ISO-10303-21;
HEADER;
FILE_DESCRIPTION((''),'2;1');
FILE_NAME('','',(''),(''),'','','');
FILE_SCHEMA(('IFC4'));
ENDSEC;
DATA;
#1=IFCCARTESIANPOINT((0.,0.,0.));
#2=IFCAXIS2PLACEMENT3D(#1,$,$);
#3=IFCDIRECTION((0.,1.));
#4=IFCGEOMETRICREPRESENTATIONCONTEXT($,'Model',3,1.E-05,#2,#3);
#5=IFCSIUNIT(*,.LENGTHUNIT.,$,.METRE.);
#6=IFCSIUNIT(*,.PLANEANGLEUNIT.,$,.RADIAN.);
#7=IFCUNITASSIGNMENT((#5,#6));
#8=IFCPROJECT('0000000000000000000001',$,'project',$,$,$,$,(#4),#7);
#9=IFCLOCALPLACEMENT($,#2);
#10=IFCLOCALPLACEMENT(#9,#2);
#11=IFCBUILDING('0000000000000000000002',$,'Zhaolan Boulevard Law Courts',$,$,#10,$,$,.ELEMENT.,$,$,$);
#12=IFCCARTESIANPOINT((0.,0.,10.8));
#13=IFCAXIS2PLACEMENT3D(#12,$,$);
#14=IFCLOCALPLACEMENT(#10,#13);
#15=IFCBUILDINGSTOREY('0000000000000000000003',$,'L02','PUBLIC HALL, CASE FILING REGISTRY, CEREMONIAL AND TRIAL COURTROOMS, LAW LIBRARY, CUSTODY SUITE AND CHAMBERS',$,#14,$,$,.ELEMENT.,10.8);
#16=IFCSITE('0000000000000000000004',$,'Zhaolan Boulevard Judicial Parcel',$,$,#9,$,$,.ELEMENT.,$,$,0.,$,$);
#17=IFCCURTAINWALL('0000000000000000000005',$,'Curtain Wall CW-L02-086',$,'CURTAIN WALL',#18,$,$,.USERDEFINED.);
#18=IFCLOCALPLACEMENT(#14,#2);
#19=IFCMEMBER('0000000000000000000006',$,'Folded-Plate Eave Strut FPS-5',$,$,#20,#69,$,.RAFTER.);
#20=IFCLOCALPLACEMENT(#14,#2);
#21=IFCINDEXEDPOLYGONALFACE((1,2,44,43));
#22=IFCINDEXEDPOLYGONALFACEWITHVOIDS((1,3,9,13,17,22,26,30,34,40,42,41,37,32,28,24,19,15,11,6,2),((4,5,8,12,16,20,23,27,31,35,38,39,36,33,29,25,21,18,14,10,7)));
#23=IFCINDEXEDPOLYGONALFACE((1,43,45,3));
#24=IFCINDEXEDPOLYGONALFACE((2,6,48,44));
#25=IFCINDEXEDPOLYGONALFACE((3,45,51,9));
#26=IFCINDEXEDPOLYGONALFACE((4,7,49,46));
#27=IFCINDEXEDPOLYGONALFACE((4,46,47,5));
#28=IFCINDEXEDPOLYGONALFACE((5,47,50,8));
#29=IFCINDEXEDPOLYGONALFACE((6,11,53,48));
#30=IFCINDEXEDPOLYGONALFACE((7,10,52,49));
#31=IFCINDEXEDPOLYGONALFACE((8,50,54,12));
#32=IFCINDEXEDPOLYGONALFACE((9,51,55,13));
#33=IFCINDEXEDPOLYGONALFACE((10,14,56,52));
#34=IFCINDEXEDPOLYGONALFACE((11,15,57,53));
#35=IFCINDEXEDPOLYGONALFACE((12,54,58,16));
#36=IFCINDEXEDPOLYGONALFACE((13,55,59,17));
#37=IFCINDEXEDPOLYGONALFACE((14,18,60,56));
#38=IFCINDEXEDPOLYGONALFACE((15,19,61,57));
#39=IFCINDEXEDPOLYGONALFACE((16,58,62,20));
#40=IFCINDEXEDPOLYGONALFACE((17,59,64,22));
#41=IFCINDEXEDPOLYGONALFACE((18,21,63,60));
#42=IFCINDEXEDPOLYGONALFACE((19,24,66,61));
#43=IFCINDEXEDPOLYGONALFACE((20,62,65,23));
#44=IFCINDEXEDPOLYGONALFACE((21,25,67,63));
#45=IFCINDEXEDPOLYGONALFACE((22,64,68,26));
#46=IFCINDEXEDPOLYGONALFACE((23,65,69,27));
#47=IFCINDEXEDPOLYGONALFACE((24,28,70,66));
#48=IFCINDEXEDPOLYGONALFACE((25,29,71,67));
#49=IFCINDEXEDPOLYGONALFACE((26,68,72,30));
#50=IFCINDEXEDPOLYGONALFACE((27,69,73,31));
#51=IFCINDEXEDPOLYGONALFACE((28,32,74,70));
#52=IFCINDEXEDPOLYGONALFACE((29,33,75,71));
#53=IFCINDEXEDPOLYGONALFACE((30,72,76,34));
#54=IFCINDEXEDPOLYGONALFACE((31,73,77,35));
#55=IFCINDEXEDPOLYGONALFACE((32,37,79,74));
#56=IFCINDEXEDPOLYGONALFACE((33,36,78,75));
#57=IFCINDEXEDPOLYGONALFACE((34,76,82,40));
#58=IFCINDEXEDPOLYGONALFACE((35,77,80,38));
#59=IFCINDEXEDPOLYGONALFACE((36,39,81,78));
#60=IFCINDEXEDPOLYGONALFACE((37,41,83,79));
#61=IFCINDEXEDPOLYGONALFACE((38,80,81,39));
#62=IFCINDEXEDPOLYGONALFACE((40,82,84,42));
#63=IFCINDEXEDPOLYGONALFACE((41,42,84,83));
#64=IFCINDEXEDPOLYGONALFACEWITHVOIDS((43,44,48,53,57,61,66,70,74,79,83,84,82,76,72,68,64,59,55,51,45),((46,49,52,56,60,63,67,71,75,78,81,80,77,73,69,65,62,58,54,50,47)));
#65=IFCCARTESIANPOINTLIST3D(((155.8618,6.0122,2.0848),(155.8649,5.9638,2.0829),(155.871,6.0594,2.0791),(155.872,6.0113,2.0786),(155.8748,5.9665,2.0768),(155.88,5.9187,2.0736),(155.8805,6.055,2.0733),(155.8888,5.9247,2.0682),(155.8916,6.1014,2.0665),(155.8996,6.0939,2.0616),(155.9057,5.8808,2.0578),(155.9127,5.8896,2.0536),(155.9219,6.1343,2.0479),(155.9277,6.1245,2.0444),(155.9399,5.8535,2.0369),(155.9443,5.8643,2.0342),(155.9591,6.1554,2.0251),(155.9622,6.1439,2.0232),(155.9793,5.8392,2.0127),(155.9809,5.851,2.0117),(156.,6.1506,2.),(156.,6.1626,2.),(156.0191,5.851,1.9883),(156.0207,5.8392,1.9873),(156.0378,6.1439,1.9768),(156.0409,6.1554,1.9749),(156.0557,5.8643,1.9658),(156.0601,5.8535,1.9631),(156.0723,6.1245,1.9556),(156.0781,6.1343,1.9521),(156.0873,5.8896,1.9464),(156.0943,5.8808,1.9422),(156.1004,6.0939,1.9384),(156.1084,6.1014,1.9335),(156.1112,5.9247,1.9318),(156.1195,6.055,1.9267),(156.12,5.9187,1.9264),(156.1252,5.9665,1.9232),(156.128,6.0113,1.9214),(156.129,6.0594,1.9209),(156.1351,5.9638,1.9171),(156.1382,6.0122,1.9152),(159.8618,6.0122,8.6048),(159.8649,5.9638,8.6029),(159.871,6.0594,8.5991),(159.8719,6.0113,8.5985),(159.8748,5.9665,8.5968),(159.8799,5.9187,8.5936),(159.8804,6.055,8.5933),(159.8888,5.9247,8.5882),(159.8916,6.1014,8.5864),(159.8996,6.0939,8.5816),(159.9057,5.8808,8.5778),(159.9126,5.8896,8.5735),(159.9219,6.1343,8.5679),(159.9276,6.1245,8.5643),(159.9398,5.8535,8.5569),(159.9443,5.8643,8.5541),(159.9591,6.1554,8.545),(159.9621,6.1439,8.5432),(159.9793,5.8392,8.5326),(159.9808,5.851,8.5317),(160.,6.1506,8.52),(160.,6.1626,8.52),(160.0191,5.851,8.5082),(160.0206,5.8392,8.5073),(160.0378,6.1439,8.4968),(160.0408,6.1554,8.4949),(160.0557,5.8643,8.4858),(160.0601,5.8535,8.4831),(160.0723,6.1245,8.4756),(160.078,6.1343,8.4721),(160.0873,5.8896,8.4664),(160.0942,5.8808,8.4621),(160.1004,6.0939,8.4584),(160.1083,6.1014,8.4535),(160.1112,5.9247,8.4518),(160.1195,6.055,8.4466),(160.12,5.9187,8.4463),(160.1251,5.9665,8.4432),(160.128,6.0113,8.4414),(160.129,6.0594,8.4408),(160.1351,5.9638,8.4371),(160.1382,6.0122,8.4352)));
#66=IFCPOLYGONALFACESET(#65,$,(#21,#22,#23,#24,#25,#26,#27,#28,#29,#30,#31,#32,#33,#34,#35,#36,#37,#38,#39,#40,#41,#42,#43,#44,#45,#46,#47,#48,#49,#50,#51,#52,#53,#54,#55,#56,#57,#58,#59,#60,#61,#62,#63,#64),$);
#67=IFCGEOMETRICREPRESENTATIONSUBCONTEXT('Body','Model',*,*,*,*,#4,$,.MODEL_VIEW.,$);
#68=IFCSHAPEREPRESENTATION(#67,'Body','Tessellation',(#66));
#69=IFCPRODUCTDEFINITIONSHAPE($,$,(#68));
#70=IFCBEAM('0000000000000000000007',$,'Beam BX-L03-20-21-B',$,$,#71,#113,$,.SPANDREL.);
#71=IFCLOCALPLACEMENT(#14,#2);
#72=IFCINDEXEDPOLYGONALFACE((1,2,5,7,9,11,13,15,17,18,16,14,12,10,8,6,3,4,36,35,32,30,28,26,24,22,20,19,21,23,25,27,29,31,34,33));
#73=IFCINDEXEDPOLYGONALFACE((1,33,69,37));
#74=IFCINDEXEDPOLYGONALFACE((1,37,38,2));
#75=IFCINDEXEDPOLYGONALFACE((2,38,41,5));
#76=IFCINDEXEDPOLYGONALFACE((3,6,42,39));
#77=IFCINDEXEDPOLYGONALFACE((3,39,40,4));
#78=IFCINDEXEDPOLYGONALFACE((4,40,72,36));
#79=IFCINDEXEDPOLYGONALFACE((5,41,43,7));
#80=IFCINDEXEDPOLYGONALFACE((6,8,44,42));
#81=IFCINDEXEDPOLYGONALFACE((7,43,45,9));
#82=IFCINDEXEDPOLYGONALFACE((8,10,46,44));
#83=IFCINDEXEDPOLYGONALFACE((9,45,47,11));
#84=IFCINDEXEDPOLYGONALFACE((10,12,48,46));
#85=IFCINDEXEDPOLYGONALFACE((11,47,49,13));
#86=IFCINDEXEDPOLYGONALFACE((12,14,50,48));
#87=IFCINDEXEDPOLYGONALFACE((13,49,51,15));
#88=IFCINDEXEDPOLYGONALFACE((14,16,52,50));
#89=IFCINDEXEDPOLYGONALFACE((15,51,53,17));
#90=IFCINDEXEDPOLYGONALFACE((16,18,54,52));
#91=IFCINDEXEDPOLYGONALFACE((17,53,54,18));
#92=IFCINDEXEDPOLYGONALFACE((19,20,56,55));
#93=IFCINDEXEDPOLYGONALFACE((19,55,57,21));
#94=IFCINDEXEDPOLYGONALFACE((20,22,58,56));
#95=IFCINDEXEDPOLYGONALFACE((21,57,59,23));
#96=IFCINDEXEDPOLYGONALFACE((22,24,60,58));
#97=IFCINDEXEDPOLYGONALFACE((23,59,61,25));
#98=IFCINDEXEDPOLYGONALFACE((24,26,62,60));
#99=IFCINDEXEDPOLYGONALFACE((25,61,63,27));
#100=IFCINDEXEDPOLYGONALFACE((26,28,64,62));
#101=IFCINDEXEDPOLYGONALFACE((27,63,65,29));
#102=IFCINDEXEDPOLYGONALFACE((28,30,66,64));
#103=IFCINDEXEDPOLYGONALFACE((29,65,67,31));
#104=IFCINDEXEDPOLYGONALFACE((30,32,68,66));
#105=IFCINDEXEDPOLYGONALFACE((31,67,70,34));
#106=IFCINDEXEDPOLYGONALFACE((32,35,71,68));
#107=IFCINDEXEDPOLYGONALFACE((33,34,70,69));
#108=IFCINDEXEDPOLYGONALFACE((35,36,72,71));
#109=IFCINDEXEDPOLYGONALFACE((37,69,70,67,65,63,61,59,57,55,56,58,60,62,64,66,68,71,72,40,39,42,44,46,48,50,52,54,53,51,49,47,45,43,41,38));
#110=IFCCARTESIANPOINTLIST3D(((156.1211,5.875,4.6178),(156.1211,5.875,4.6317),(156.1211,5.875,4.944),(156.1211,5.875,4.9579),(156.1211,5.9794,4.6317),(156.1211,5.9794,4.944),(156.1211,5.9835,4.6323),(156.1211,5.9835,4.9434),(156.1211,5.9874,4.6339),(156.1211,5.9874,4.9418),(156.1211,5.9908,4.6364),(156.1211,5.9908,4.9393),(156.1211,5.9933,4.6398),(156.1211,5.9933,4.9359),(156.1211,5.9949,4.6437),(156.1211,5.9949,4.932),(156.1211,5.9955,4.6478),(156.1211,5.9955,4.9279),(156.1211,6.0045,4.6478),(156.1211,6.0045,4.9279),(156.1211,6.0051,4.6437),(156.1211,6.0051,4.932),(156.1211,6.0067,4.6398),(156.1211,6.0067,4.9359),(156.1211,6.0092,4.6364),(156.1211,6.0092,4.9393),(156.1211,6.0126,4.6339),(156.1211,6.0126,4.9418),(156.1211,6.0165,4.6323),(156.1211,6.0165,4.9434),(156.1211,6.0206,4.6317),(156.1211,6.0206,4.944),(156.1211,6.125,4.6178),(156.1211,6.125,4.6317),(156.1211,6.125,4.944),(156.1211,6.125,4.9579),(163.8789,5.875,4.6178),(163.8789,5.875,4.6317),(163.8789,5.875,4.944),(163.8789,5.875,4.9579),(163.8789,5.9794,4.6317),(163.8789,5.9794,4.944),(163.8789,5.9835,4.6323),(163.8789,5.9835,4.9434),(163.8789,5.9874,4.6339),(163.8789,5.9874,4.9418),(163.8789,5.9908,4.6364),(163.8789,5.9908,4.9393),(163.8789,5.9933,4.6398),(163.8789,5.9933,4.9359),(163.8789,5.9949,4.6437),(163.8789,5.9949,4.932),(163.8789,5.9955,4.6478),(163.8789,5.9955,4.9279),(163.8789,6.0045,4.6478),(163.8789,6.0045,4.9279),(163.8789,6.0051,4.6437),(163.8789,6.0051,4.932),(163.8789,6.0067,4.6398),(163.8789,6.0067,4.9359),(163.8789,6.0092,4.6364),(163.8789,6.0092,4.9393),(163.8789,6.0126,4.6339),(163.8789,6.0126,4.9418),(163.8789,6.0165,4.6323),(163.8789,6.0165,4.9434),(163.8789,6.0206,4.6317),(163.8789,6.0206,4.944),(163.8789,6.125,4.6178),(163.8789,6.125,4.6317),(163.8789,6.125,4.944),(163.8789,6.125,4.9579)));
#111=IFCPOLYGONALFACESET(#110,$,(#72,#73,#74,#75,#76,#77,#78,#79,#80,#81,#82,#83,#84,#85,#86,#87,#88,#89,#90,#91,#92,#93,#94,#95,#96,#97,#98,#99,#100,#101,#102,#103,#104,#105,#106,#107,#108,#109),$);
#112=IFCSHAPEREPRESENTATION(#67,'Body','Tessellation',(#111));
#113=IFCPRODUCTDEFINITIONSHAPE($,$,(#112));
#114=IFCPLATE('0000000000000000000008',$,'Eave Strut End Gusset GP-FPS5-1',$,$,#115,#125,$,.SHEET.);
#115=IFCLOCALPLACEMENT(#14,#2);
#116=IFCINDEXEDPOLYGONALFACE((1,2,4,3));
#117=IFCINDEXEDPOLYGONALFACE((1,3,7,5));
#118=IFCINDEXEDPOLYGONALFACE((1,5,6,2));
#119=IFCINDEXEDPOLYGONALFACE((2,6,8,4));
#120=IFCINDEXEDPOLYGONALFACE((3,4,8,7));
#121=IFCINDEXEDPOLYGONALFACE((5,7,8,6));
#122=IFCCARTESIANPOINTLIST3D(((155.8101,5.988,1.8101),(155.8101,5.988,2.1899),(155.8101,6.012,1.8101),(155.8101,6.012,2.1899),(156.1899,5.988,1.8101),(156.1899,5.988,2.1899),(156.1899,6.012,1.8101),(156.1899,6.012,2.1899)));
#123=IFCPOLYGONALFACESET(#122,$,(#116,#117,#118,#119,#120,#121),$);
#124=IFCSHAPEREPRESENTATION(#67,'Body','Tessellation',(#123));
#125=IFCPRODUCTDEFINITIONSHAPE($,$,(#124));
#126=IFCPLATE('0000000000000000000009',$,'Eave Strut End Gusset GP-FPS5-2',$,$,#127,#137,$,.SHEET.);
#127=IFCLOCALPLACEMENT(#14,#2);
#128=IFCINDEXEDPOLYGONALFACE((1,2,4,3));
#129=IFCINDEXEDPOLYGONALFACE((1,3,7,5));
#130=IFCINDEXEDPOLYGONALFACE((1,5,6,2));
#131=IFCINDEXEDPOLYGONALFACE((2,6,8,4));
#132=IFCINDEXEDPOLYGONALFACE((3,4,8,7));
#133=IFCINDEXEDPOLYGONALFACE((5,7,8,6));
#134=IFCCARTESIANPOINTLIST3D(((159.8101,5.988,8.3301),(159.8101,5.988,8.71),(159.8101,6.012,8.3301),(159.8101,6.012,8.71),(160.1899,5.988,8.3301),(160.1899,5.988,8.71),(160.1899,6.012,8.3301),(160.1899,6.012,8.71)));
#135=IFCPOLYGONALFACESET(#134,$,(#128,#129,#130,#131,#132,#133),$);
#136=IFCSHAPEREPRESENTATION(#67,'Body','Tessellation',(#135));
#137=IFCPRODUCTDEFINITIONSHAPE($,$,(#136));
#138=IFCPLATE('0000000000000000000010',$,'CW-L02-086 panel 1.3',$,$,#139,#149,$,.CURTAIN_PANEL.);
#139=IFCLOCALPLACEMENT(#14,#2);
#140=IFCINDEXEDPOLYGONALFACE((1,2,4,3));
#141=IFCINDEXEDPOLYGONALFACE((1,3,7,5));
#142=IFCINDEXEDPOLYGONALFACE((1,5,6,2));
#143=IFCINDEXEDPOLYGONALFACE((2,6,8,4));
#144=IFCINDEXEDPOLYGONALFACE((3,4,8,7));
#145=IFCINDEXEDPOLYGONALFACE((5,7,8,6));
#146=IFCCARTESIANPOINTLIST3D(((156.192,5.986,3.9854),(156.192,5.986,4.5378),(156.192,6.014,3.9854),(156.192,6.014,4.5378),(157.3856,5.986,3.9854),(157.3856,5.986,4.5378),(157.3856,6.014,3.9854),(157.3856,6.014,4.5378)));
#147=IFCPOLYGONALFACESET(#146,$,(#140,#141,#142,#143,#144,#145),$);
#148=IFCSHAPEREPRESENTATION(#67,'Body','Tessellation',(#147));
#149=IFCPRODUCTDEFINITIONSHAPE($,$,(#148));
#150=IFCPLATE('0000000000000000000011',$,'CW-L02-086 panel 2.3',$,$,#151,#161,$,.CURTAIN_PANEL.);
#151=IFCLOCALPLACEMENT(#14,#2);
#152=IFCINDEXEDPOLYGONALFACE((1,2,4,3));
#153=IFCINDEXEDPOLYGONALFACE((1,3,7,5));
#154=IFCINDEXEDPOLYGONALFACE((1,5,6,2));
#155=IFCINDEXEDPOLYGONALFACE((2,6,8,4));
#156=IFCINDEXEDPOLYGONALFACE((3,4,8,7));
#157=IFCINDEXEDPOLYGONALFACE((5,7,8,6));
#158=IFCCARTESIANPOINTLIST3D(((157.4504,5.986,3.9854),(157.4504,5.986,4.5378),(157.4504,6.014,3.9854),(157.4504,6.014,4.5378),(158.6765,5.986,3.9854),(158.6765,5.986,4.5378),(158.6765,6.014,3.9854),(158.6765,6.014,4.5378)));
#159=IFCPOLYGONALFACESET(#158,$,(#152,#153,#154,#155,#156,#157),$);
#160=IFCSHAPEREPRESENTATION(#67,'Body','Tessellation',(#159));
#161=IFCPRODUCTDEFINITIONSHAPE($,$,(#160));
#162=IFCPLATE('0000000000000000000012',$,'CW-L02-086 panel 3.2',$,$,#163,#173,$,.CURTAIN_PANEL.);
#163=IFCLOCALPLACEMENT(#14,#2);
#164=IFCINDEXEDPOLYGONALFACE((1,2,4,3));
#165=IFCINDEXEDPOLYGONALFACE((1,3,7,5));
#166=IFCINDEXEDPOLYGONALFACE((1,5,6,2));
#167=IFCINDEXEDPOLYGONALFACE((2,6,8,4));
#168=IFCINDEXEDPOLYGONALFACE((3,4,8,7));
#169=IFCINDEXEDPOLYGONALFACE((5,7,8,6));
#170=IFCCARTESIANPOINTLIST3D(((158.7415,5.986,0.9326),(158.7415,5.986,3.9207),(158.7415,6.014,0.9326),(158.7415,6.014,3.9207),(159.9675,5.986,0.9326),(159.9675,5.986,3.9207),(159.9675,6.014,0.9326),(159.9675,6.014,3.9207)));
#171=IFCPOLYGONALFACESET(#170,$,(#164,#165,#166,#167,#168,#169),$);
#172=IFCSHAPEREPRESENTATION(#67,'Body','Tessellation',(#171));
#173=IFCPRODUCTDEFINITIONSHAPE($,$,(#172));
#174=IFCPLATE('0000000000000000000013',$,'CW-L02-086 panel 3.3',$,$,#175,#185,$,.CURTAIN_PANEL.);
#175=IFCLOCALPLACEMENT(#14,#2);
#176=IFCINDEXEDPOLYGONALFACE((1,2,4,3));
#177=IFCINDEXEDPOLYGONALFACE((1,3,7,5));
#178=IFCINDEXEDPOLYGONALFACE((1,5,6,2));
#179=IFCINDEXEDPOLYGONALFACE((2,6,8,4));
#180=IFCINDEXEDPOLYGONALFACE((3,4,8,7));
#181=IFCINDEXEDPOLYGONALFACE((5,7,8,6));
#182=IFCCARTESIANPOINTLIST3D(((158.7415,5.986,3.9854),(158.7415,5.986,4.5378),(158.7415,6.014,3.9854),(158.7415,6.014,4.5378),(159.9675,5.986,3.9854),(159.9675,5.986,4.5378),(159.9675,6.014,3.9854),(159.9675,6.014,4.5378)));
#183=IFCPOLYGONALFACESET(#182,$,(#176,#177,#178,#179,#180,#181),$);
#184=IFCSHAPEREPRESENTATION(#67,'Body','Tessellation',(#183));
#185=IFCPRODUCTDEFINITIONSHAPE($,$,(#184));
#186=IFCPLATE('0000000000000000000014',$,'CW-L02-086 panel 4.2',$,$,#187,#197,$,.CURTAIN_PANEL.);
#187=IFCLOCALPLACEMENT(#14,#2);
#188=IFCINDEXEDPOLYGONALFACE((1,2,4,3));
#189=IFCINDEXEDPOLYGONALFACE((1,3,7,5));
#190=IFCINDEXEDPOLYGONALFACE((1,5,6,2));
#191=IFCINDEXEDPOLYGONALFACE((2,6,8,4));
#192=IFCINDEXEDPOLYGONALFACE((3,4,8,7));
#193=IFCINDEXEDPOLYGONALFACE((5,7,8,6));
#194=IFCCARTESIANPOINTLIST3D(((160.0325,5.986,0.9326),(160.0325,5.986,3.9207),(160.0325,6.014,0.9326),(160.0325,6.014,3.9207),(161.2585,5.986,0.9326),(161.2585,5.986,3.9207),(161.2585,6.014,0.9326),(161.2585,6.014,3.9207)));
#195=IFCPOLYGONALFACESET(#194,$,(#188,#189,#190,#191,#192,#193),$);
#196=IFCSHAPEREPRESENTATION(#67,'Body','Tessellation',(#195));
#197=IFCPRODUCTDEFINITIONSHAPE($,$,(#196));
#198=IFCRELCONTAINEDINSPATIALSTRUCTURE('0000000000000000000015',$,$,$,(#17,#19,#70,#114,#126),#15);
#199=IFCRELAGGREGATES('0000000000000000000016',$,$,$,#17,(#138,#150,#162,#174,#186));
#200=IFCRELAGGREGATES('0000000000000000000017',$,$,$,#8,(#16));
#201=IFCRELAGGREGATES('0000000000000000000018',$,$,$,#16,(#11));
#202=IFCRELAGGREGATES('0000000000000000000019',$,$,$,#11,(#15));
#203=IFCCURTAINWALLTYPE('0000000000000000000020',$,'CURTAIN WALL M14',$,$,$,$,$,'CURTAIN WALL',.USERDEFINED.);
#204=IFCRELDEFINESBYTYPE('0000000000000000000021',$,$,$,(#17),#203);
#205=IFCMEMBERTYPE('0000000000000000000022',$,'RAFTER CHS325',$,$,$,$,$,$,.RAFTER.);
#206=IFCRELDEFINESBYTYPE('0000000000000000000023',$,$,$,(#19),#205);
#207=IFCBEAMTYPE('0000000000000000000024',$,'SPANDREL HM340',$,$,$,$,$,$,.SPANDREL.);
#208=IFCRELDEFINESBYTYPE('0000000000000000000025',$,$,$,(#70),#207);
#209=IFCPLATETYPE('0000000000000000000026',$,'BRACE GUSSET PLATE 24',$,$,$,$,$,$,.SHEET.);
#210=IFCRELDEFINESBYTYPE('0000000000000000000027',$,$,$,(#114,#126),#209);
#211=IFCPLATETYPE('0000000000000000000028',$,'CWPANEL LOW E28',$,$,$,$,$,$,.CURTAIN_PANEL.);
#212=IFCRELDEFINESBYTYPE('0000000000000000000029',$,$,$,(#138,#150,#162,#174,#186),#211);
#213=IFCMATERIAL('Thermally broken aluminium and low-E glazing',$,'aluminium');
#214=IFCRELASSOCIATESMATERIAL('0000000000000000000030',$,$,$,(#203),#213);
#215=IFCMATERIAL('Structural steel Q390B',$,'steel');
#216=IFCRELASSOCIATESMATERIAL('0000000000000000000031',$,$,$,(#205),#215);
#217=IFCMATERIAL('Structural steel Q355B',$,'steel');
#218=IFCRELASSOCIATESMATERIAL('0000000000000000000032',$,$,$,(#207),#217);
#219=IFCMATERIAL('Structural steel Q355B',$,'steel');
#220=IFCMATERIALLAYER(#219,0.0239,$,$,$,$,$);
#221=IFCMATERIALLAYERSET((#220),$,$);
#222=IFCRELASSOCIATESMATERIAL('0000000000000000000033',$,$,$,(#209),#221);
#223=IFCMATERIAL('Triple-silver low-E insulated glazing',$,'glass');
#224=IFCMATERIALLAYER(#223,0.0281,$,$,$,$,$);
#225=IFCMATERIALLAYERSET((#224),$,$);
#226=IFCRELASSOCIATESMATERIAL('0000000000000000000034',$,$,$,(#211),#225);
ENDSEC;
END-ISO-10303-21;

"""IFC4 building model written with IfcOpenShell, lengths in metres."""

from ifc_helpers import new_model, si_unit, direction, frame, origin, origin_2d, place, context, subcontext, project, spatial, rectangle, hollow_circle, i_section, extrude, material, layer, layer_set, material_profile, profile_set, type_object, element, aggregate, save


model = new_model("IFC4")

# Units and contexts
model_context = context("Model", 3, precision=1e-05, world=origin(), true_north=direction((0.0, 1.0)))
body_context = subcontext(model_context, "Body", "Model", "MODEL_VIEW")
ifc_project = project(units=[si_unit("LENGTHUNIT", "METRE"), si_unit("PLANEANGLEUNIT", "RADIAN")], contexts=[model_context])

# Site, building, storey
site_placement = place(None, origin())
site = spatial("IfcSite", under=ifc_project, at=site_placement, Name="Zhaolan Boulevard Judicial Parcel", CompositionType="ELEMENT", RefElevation=0.0)
building_placement = place(site_placement, origin())
building = spatial("IfcBuilding", under=site, at=building_placement, Name="Zhaolan Boulevard Law Courts", CompositionType="ELEMENT")
storey_placement = place(building_placement, frame((0.0, 0.0, 10.8)))
storey = spatial("IfcBuildingStorey", under=building, at=storey_placement, Name="L02", Description="PUBLIC HALL, CASE FILING REGISTRY, CEREMONIAL AND TRIAL COURTROOMS, LAW LIBRARY, CUSTODY SUITE AND CHAMBERS", CompositionType="ELEMENT", Elevation=10.8)

# Curtain wall
ifc_material_1 = material(Name="Thermally broken aluminium and low-E glazing", Category="aluminium")
curtain_wall_type = type_object("IfcCurtainWallType", Name="CURTAIN WALL M14", ElementType="CURTAIN WALL", PredefinedType="USERDEFINED", material=ifc_material_1)
curtain_wall_placement = place(storey_placement, origin())
curtain_wall = element("IfcCurtainWall", 1, at=curtain_wall_placement, inside=storey, type_object=curtain_wall_type, Name="Curtain Wall CW-L02-086", ObjectType="CURTAIN WALL", PredefinedType="USERDEFINED")

# Member
ifc_material_2 = material(Name="Structural steel Q390B", Category="steel")
ifc_material_profile_1 = material_profile(ifc_material_2, hollow_circle(Radius=0.1626, WallThickness=0.012, at=origin_2d()), Name="CHS325x12")
ifc_profile_set_1 = profile_set([ifc_material_profile_1], Name="Structural steel Q390B")
member_type_1 = type_object("IfcMemberType", Name="RAFTER CHS325", PredefinedType="RAFTER", material=ifc_profile_set_1)
member_1_placement = place(storey_placement, frame((156.0, 6.0, 2.0), z_axis=(0.522929, 0.0, 0.852376), x_axis=(0.0, 1.0, 0.0)))
element("IfcMember", 2, at=member_1_placement, inside=storey, type_object=member_type_1, Name="Folded-Plate Eave Strut FPS-5", PredefinedType="RAFTER", context=body_context, shape_type="SweptSolid", body=[
    extrude(hollow_circle(Radius=0.1626, WallThickness=0.012, at=origin_2d()), origin(), (0.0, 0.0, 1.0), 7.6492),
])

# Beam
ifc_material_3 = material(Name="Structural steel Q355B", Category="steel")
ifc_material_profile_2 = material_profile(ifc_material_3, i_section(OverallWidth=0.25, OverallDepth=0.3401, WebThickness=0.009, FlangeThickness=0.0139, FilletRadius=0.0161, at=origin_2d()), Name="HM340x250")
ifc_profile_set_2 = profile_set([ifc_material_profile_2], Name="Structural steel Q355B")
beam_type_1 = type_object("IfcBeamType", Name="SPANDREL HM340", PredefinedType="SPANDREL", material=ifc_profile_set_2)
beam_1_placement = place(storey_placement, frame((156.1211, 6.0, 4.7878), z_axis=(1.0, 0.0, 0.0), x_axis=(0.0, 1.0, 0.0)))
element("IfcBeam", 3, at=beam_1_placement, inside=storey, type_object=beam_type_1, Name="Beam BX-L03-20-21-B", PredefinedType="SPANDREL", context=body_context, shape_type="SweptSolid", body=[
    extrude(i_section(OverallWidth=0.25, OverallDepth=0.3401, WebThickness=0.009, FlangeThickness=0.0139, FilletRadius=0.0161, at=origin_2d()), origin(), (0.0, 0.0, 1.0), 7.7578),
])

# Plates
ifc_material_4 = material(Name="Structural steel Q355B", Category="steel")
ifc_layer_1 = layer(ifc_material_4, 0.0239)
ifc_layer_set_1 = layer_set([ifc_layer_1])
plate_type_1 = type_object("IfcPlateType", Name="BRACE GUSSET PLATE 24", PredefinedType="SHEET", material=ifc_layer_set_1)
for number, where, z_axis, x_axis, name in (
    (4, (156.0, 6.0, 1.8101), (0.0, 0.0, 1.0), (1.0, 0.0, 0.0), "Eave Strut End Gusset GP-FPS5-1"),
    (5, (160.0, 6.0, 8.3301), (0.0, 0.0, 1.0), (1.0, 0.0, 0.0), "Eave Strut End Gusset GP-FPS5-2"),
):
    element("IfcPlate", number, at=place(storey_placement, frame(where, z_axis=z_axis, x_axis=x_axis)), inside=storey, type_object=plate_type_1, Name=name, PredefinedType="SHEET", context=body_context, shape_type="SweptSolid", body=[
        extrude(rectangle(XDim=0.3799, YDim=0.0239, at=origin_2d()), origin(), (0.0, 0.0, 1.0), 0.3799),
    ])

# Plates
ifc_material_5 = material(Name="Triple-silver low-E insulated glazing", Category="glass")
ifc_layer_2 = layer(ifc_material_5, 0.0281)
ifc_layer_set_2 = layer_set([ifc_layer_2])
plate_type_2 = type_object("IfcPlateType", Name="CWPANEL LOW E28", PredefinedType="CURTAIN_PANEL", material=ifc_layer_set_2)
plate_1_placement = place(storey_placement, frame((156.7888, 6.0, 3.9854), z_axis=(0.0, 0.0, 1.0), x_axis=(1.0, 0.0, 0.0)))
plate_1 = element("IfcPlate", 6, at=plate_1_placement, type_object=plate_type_2, Name="CW-L02-086 panel 1.3", PredefinedType="CURTAIN_PANEL", context=body_context, shape_type="SweptSolid", body=[
    extrude(rectangle(XDim=1.1936, YDim=0.0281, at=origin_2d()), origin(), (0.0, 0.0, 1.0), 0.5525),
])
plate_2_placement = place(storey_placement, frame((158.0635, 6.0, 3.9854), z_axis=(0.0, 0.0, 1.0), x_axis=(1.0, 0.0, 0.0)))
plate_2 = element("IfcPlate", 7, at=plate_2_placement, type_object=plate_type_2, Name="CW-L02-086 panel 2.3", PredefinedType="CURTAIN_PANEL", context=body_context, shape_type="SweptSolid", body=[
    extrude(rectangle(XDim=1.2261, YDim=0.0281, at=origin_2d()), origin(), (0.0, 0.0, 1.0), 0.5525),
])
plate_3_placement = place(storey_placement, frame((159.3545, 6.0, 0.9326), z_axis=(0.0, 0.0, 1.0), x_axis=(1.0, 0.0, 0.0)))
plate_3 = element("IfcPlate", 8, at=plate_3_placement, type_object=plate_type_2, Name="CW-L02-086 panel 3.2", PredefinedType="CURTAIN_PANEL", context=body_context, shape_type="SweptSolid", body=[
    extrude(rectangle(XDim=1.2261, YDim=0.0281, at=origin_2d()), origin(), (0.0, 0.0, 1.0), 2.988),
])
plate_4_placement = place(storey_placement, frame((159.3545, 6.0, 3.9854), z_axis=(0.0, 0.0, 1.0), x_axis=(1.0, 0.0, 0.0)))
plate_4 = element("IfcPlate", 9, at=plate_4_placement, type_object=plate_type_2, Name="CW-L02-086 panel 3.3", PredefinedType="CURTAIN_PANEL", context=body_context, shape_type="SweptSolid", body=[
    extrude(rectangle(XDim=1.2261, YDim=0.0281, at=origin_2d()), origin(), (0.0, 0.0, 1.0), 0.5525),
])
plate_5_placement = place(storey_placement, frame((160.6455, 6.0, 0.9326), z_axis=(0.0, 0.0, 1.0), x_axis=(1.0, 0.0, 0.0)))
plate_5 = element("IfcPlate", 10, at=plate_5_placement, type_object=plate_type_2, Name="CW-L02-086 panel 4.2", PredefinedType="CURTAIN_PANEL", context=body_context, shape_type="SweptSolid", body=[
    extrude(rectangle(XDim=1.2261, YDim=0.0281, at=origin_2d()), origin(), (0.0, 0.0, 1.0), 2.988),
])
aggregate(curtain_wall, [plate_1, plate_2, plate_3, plate_4, plate_5])

save(model, "model.ifc")
